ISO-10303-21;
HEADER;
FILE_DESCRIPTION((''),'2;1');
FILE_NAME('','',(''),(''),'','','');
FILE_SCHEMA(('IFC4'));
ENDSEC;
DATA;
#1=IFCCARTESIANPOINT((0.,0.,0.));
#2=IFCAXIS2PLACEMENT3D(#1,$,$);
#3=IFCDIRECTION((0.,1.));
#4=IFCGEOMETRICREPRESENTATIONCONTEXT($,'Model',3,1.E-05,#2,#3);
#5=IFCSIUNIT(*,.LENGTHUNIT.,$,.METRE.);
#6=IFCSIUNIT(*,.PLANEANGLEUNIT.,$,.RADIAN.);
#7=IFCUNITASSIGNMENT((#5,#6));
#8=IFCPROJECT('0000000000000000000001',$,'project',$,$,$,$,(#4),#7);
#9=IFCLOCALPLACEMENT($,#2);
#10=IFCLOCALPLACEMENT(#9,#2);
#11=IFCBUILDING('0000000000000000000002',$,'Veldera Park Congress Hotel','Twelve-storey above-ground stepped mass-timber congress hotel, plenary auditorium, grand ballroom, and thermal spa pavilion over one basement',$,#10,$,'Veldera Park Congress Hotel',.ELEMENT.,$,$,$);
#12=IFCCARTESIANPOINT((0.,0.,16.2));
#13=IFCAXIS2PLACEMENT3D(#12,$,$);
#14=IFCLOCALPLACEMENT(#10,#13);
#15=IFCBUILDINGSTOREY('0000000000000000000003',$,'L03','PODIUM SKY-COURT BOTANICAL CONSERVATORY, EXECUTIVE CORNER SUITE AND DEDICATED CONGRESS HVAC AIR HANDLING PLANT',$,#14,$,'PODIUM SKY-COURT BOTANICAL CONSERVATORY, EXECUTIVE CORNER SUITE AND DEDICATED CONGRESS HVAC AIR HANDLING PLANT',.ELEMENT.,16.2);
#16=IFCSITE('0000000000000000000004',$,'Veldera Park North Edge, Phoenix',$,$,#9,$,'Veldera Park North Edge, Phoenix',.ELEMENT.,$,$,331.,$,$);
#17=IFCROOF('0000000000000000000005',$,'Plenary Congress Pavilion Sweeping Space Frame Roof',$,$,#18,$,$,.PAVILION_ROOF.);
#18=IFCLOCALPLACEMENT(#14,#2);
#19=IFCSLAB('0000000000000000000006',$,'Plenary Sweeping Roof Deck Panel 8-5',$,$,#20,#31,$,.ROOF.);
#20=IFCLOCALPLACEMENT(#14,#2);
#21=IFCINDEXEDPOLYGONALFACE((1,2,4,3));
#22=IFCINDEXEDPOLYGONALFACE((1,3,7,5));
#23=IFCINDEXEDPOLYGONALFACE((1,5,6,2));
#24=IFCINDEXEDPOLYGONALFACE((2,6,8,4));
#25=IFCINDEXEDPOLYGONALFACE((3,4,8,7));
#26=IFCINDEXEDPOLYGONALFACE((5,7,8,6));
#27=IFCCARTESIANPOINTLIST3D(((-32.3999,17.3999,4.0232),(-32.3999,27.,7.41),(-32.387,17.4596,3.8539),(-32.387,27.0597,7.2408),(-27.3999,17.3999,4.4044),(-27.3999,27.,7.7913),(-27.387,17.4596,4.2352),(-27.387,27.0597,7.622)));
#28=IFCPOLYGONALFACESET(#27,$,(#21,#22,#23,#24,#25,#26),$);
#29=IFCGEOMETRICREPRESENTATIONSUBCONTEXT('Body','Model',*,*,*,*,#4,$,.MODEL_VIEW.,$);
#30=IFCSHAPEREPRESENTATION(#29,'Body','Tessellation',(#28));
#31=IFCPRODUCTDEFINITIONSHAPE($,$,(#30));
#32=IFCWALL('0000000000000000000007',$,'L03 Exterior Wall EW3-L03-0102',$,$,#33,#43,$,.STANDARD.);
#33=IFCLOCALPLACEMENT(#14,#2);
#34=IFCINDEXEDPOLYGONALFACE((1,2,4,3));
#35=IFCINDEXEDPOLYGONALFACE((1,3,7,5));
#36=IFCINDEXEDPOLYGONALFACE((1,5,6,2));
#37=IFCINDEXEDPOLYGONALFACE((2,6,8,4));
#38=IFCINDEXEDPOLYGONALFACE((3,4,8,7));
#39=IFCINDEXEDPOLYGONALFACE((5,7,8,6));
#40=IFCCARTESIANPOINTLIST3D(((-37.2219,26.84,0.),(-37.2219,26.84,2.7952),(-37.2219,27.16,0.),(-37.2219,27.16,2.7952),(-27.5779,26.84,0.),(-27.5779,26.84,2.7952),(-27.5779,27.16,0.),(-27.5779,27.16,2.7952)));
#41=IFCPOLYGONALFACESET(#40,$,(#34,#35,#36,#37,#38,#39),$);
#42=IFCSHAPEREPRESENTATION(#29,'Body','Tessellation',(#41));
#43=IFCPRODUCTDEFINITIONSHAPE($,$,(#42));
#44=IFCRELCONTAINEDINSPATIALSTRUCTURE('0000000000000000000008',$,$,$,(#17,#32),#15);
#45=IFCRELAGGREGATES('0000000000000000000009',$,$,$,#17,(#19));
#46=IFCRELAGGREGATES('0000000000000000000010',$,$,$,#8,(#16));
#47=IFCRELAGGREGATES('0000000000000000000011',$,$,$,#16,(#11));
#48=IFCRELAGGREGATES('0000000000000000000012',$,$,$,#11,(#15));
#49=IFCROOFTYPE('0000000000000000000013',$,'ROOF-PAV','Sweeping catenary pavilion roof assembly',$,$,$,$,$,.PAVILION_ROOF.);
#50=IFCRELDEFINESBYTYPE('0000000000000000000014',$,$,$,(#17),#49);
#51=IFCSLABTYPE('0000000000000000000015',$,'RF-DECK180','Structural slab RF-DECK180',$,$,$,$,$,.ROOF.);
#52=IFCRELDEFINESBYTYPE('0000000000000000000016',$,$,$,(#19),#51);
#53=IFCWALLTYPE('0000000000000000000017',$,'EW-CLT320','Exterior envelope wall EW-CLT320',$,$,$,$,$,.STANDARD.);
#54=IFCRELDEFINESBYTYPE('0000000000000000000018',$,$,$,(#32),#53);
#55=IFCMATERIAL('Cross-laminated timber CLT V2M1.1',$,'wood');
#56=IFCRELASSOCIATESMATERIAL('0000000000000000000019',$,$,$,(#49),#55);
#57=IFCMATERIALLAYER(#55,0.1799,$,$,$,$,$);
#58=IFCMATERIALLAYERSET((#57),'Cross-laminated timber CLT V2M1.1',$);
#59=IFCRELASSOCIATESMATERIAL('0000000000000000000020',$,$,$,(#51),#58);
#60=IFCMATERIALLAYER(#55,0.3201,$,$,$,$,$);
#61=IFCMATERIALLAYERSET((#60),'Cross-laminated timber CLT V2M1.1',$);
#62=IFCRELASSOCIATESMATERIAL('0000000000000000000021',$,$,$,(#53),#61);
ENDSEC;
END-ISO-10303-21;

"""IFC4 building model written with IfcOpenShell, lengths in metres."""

from ifc_helpers import new_model, si_unit, direction, frame, frame_2d, origin, place, context, subcontext, project, spatial, polyline, rectangle, outline, extrude, material, layer, layer_set, type_object, element, aggregate, save


model = new_model("IFC4")

# Units and contexts
model_context = context("Model", 3, precision=1e-05, world=origin(), true_north=direction((0.0, 1.0)))
body_context = subcontext(model_context, "Body", "Model", "MODEL_VIEW")
ifc_project = project(units=[si_unit("LENGTHUNIT", "METRE"), si_unit("PLANEANGLEUNIT", "RADIAN")], contexts=[model_context])

# Site, building, storey
site_placement = place(None, origin())
site = spatial("IfcSite", under=ifc_project, at=site_placement, Name="Veldera Park North Edge, Phoenix", LongName="Veldera Park North Edge, Phoenix", CompositionType="ELEMENT", RefElevation=331.0)
building_placement = place(site_placement, origin())
building = spatial("IfcBuilding", under=site, at=building_placement, Name="Veldera Park Congress Hotel", Description="Twelve-storey above-ground stepped mass-timber congress hotel, plenary auditorium, grand ballroom, and thermal spa pavilion over one basement", LongName="Veldera Park Congress Hotel", CompositionType="ELEMENT")
storey_placement = place(building_placement, frame((0.0, 0.0, 16.2)))
storey = spatial("IfcBuildingStorey", under=building, at=storey_placement, Name="L03", Description="PODIUM SKY-COURT BOTANICAL CONSERVATORY, EXECUTIVE CORNER SUITE AND DEDICATED CONGRESS HVAC AIR HANDLING PLANT", LongName="PODIUM SKY-COURT BOTANICAL CONSERVATORY, EXECUTIVE CORNER SUITE AND DEDICATED CONGRESS HVAC AIR HANDLING PLANT", CompositionType="ELEMENT", Elevation=16.2)

# Roof, slab
ifc_material_1 = material(Name="Cross-laminated timber CLT V2M1.1", Category="wood")
roof_type = type_object("IfcRoofType", Name="ROOF-PAV", Description="Sweeping catenary pavilion roof assembly", PredefinedType="PAVILION_ROOF", material=ifc_material_1)
roof_placement = place(storey_placement, origin())
roof = element("IfcRoof", 1, at=roof_placement, inside=storey, type_object=roof_type, Name="Plenary Congress Pavilion Sweeping Space Frame Roof", PredefinedType="PAVILION_ROOF")
ifc_layer_1 = layer(ifc_material_1, 0.1799)
ifc_layer_set_1 = layer_set([ifc_layer_1], Name="Cross-laminated timber CLT V2M1.1")
slab_type = type_object("IfcSlabType", Name="RF-DECK180", Description="Structural slab RF-DECK180", PredefinedType="ROOF", material=ifc_layer_set_1)
slab_1_placement = place(storey_placement, frame((-32.3999, 17.3999, 4.0232), z_axis=(-0.071717, -0.331839, 0.940606), x_axis=(0.997106, 0.000008, 0.076027)))
slab_1 = element("IfcSlab", 2, at=slab_1_placement, type_object=slab_type, Name="Plenary Sweeping Roof Deck Panel 8-5", PredefinedType="ROOF", context=body_context, shape_type="SweptSolid", body=[
    extrude(outline(polyline([(0.0, 0.0), (5.0145, 0.0), (5.2721, 10.1767), (0.2576, 10.1768), (0.0, 0.0)])), origin(), (0.0, 0.0, -1.0), 0.1799),
])
aggregate(roof, [slab_1])

# Wall
ifc_layer_2 = layer(ifc_material_1, 0.3201)
ifc_layer_set_2 = layer_set([ifc_layer_2], Name="Cross-laminated timber CLT V2M1.1")
wall_type = type_object("IfcWallType", Name="EW-CLT320", Description="Exterior envelope wall EW-CLT320", PredefinedType="STANDARD", material=ifc_layer_set_2)
wall_placement = place(storey_placement, frame((-37.2219, 27.0, 0.0), z_axis=(0.0, 0.0, 1.0), x_axis=(1.0, 0.0, 0.0)))
element("IfcWall", 3, at=wall_placement, inside=storey, type_object=wall_type, Name="L03 Exterior Wall EW3-L03-0102", PredefinedType="STANDARD", context=body_context, shape_type="SweptSolid", body=[
    extrude(rectangle(XDim=9.644, YDim=0.3201, at=frame_2d((4.822, 0.0))), origin(), (0.0, 0.0, 1.0), 2.7952),
])

save(model, "model.ifc")
